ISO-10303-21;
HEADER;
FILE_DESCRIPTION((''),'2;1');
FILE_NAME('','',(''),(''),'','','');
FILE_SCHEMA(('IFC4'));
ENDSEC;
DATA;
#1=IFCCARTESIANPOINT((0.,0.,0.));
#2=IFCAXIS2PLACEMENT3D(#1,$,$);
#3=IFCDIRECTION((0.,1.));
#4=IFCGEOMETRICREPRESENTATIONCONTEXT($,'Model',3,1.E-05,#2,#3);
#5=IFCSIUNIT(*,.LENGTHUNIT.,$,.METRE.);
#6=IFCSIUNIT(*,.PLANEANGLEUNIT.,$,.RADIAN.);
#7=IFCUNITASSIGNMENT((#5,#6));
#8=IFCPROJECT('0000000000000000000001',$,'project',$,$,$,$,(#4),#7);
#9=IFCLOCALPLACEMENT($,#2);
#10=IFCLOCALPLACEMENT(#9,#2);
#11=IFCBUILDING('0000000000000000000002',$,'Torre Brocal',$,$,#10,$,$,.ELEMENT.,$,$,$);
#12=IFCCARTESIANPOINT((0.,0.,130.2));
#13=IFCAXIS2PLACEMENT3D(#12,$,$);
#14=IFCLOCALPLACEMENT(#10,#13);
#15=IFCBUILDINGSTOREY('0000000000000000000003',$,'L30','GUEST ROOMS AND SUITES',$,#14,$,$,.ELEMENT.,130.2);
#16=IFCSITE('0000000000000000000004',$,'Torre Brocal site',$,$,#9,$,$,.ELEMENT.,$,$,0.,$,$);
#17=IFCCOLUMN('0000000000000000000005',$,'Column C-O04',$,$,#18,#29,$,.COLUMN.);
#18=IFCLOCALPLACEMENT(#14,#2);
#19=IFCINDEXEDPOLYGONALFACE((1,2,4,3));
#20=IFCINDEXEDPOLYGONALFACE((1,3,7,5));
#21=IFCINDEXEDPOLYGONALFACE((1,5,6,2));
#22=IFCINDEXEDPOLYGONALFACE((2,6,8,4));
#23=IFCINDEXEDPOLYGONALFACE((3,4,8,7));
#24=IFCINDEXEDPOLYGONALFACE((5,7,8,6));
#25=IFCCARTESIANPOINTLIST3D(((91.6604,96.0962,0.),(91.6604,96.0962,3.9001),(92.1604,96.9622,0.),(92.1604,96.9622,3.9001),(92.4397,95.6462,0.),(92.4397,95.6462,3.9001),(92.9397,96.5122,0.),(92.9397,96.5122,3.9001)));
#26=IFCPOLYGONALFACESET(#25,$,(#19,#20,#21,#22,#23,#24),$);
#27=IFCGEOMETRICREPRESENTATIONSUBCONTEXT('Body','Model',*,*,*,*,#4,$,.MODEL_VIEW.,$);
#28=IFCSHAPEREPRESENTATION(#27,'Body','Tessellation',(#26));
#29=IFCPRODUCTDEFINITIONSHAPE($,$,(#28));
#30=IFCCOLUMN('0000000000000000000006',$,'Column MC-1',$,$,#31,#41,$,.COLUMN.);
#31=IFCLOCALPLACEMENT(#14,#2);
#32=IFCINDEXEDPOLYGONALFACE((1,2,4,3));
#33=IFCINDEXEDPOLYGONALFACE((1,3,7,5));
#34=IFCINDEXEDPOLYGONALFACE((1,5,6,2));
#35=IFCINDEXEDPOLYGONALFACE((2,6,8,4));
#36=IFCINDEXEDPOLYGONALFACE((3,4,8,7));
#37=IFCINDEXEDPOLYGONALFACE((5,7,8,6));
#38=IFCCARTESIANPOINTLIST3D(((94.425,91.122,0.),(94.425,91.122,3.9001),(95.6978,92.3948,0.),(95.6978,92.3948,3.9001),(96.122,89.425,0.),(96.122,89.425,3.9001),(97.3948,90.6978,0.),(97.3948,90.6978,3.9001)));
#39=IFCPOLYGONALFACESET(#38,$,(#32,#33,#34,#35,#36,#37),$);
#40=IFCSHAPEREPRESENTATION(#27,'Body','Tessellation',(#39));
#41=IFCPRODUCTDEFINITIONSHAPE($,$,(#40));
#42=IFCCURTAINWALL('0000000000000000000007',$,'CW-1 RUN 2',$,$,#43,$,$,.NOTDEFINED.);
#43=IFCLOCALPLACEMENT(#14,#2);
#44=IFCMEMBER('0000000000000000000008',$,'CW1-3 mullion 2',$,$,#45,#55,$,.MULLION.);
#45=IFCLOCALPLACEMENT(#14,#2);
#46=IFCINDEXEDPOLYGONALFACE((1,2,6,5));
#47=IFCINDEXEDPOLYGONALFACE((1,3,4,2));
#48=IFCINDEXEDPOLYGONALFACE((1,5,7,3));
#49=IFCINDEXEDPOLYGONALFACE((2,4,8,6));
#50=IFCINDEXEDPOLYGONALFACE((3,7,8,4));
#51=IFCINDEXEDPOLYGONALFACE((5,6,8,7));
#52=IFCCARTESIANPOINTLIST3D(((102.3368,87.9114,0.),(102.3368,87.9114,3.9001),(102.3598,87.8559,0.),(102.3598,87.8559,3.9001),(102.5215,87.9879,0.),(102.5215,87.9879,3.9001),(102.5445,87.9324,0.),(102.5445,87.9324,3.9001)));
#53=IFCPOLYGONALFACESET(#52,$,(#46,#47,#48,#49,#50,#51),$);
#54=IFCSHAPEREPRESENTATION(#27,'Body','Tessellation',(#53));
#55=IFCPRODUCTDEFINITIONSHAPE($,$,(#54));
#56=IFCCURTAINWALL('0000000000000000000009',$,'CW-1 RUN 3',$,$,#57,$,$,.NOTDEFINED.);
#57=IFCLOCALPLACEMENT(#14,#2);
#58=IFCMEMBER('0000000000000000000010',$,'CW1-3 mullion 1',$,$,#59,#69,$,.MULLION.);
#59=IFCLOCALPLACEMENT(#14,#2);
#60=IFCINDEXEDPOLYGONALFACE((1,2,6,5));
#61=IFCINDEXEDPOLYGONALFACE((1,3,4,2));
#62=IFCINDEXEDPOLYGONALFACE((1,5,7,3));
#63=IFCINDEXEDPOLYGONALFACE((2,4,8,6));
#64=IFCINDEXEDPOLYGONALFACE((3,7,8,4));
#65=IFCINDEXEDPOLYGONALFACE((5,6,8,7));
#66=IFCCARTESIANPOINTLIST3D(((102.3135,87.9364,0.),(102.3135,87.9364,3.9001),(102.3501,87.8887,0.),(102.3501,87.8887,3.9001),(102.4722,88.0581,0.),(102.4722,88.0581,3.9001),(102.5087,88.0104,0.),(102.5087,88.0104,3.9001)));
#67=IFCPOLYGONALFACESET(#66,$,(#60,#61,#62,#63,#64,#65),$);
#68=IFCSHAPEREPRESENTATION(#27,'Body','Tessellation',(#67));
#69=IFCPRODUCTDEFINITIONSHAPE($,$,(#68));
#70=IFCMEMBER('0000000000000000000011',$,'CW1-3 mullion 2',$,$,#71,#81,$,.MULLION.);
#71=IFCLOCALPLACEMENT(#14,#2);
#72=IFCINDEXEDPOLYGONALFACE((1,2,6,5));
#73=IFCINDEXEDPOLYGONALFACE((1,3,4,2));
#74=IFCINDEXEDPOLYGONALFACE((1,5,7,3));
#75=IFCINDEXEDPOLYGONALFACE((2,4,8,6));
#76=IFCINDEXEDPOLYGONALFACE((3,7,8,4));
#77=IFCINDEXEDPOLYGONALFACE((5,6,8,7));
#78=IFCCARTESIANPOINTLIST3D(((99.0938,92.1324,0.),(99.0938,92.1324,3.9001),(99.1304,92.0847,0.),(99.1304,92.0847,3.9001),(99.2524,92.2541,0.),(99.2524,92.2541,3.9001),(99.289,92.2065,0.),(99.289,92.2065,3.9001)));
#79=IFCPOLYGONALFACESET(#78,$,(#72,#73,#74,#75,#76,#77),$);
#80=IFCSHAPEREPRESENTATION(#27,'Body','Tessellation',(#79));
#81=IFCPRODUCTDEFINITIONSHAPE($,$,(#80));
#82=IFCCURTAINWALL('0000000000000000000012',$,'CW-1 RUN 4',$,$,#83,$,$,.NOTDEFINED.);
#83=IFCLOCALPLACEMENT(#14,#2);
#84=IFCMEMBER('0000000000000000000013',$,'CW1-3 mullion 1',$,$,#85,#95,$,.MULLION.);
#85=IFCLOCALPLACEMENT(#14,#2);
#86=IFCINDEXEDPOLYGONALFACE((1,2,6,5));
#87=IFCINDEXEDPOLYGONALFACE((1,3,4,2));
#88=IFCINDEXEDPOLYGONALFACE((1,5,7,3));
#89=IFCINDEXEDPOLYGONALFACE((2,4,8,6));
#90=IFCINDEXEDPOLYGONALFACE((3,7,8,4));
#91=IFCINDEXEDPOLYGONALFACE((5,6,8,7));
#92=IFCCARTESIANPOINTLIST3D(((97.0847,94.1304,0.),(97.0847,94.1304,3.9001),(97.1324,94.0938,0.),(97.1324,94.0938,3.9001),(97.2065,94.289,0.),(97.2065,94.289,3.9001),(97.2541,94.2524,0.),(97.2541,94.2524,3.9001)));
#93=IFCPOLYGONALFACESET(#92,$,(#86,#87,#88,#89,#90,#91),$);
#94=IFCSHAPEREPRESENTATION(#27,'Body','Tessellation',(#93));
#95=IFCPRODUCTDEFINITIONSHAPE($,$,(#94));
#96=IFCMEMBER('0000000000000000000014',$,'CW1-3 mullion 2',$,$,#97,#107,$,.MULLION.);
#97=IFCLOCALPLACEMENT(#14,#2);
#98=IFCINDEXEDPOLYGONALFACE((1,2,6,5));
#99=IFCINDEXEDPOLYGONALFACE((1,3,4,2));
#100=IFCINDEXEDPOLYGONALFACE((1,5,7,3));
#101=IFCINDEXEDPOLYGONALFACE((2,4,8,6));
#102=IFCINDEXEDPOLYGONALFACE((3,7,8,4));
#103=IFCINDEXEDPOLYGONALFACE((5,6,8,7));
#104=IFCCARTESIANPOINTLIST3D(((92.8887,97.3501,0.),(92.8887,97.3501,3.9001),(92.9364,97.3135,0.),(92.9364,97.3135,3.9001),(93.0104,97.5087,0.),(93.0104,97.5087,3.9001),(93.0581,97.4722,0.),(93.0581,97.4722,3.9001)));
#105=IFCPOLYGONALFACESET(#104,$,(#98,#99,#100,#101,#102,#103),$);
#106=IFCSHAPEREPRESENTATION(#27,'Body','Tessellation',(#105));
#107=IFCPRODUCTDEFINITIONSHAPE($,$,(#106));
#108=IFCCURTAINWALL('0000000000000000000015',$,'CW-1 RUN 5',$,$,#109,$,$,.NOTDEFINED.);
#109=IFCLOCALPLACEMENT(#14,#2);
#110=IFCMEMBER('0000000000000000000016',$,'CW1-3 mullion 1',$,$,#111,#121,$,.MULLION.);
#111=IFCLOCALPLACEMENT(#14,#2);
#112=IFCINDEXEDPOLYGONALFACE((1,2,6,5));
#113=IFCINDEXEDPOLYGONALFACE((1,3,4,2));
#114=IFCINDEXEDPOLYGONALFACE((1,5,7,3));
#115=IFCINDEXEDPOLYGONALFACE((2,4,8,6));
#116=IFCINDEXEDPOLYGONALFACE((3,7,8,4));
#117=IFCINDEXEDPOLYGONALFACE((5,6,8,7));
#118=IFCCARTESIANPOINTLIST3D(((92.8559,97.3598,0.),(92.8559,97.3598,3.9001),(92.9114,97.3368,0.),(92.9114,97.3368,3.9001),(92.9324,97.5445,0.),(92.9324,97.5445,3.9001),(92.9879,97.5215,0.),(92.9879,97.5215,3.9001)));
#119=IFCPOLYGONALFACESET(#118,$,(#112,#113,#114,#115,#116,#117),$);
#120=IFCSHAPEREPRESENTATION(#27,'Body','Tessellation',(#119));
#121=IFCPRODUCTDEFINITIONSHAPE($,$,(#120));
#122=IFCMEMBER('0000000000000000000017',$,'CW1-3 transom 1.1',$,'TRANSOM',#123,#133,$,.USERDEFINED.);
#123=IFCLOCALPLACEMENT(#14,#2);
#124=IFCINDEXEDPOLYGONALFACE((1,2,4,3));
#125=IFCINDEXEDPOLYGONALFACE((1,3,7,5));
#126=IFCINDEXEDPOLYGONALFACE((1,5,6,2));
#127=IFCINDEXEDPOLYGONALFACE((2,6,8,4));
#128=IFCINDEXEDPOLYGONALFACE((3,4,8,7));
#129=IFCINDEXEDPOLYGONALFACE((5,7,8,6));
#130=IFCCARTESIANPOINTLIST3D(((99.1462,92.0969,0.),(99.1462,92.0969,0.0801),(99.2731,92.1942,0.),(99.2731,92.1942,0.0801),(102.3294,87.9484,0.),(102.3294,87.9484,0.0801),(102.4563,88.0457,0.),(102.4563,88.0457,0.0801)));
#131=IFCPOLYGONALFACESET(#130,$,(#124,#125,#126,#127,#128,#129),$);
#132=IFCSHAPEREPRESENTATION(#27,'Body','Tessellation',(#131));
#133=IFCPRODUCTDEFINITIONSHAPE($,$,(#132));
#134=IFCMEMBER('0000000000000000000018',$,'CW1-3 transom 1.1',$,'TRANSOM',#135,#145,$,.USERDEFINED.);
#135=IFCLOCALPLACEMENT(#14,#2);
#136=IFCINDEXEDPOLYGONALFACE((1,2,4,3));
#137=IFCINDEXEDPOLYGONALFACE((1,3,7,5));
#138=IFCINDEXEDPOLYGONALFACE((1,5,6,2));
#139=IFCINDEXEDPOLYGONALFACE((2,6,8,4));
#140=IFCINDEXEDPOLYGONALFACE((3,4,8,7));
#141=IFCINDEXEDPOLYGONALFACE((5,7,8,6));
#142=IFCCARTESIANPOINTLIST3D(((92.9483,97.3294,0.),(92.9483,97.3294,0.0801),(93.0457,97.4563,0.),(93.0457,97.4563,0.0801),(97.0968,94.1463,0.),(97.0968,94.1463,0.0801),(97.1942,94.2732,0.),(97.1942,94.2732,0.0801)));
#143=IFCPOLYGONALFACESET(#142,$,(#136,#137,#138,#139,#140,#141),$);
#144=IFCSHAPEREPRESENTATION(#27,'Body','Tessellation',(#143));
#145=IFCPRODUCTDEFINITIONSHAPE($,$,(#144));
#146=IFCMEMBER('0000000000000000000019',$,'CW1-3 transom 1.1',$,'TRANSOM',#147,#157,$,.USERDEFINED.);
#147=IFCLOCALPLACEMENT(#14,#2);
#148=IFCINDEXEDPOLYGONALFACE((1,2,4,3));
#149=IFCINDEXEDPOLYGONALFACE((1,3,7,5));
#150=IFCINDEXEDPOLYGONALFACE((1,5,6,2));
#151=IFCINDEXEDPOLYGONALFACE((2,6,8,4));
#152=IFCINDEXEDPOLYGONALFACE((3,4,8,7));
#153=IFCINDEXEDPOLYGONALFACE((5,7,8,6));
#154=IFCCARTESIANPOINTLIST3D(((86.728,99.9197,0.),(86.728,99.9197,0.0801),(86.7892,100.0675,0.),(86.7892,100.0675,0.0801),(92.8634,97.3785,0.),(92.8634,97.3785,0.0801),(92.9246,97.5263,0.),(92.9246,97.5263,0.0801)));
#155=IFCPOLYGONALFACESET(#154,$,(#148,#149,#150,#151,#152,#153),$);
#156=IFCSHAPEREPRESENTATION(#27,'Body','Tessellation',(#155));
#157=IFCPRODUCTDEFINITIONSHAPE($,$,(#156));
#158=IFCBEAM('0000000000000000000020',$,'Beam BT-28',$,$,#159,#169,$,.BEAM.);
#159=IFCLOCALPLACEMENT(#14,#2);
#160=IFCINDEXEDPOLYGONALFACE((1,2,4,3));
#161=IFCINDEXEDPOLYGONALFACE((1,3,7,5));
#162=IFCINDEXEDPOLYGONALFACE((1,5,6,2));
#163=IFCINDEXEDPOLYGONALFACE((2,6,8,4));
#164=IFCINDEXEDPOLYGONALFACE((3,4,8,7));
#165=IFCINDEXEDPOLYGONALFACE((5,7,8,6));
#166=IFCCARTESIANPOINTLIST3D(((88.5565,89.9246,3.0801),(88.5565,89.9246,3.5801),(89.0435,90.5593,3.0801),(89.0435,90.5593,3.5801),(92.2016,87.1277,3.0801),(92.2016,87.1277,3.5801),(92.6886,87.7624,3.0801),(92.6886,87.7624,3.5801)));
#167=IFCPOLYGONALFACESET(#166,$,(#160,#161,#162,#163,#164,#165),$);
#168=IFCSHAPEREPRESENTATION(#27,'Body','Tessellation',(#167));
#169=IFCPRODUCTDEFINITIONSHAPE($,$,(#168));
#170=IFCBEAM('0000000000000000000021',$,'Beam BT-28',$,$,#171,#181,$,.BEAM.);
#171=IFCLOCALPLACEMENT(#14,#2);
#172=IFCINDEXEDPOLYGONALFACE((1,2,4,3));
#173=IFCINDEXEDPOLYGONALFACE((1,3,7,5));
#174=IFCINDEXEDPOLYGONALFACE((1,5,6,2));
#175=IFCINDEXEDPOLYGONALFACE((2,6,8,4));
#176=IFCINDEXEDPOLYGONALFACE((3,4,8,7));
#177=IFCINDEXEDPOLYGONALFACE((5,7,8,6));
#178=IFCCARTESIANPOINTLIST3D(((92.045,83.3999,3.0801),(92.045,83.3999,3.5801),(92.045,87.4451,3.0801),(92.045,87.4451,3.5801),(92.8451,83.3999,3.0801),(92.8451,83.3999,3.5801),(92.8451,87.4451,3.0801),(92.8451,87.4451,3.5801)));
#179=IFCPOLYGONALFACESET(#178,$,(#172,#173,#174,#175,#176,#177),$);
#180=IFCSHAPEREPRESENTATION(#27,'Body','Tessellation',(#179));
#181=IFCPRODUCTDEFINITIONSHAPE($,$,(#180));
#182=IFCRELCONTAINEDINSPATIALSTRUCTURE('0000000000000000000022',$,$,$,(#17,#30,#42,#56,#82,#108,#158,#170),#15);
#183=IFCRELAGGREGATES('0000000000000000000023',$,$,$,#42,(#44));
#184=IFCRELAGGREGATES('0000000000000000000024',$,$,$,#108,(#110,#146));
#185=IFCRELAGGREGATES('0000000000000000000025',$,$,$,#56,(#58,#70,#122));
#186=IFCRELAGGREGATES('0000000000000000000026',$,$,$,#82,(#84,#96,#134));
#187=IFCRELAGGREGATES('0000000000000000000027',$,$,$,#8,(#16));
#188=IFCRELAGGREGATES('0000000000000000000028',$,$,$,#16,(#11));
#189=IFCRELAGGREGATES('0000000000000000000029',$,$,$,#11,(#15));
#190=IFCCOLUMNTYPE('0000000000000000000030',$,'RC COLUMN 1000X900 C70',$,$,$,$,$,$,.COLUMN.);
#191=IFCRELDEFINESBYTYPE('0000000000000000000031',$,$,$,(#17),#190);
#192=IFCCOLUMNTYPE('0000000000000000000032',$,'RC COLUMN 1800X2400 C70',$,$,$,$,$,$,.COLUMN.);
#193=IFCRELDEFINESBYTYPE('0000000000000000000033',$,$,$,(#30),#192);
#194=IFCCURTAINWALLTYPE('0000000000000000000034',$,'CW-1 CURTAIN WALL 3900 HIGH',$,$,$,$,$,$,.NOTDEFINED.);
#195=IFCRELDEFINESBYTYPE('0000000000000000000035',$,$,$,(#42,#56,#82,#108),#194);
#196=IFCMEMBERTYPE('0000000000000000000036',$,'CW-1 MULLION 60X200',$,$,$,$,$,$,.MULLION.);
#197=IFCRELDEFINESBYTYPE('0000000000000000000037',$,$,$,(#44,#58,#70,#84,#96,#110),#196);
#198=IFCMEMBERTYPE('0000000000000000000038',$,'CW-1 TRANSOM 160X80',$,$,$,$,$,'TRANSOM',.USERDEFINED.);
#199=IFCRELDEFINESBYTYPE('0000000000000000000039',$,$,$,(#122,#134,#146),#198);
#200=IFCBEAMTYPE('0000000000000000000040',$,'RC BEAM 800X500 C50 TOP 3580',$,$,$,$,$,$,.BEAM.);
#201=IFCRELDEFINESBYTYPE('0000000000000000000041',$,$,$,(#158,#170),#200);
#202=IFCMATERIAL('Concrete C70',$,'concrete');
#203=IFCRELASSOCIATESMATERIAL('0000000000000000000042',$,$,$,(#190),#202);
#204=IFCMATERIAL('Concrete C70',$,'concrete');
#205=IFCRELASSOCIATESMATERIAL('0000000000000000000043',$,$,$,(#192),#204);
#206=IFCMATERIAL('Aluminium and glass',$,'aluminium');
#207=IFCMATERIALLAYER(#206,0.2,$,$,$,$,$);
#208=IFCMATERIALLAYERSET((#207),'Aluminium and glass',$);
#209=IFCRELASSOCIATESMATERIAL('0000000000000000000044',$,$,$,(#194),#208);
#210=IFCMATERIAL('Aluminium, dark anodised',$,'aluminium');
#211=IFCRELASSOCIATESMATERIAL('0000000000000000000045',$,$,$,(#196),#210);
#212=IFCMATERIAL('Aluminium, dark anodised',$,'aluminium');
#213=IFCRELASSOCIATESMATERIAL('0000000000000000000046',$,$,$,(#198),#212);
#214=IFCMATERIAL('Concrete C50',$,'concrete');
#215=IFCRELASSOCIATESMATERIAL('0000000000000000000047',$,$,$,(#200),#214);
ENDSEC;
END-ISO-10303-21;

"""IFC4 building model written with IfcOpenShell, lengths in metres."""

from ifc_helpers import new_model, si_unit, direction, frame, origin, origin_2d, place, context, subcontext, project, spatial, rectangle, extrude, material, layer, layer_set, material_profile, profile_set, type_object, element, aggregate, save


model = new_model("IFC4")

# Units and contexts
model_context = context("Model", 3, precision=1e-05, world=origin(), true_north=direction((0.0, 1.0)))
body_context = subcontext(model_context, "Body", "Model", "MODEL_VIEW")
ifc_project = project(units=[si_unit("LENGTHUNIT", "METRE"), si_unit("PLANEANGLEUNIT", "RADIAN")], contexts=[model_context])

# Site, building, storey
site_placement = place(None, origin())
site = spatial("IfcSite", under=ifc_project, at=site_placement, Name="Torre Brocal site", CompositionType="ELEMENT", RefElevation=0.0)
building_placement = place(site_placement, origin())
building = spatial("IfcBuilding", under=site, at=building_placement, Name="Torre Brocal", CompositionType="ELEMENT")
storey_placement = place(building_placement, frame((0.0, 0.0, 130.2)))
storey = spatial("IfcBuildingStorey", under=building, at=storey_placement, Name="L30", Description="GUEST ROOMS AND SUITES", CompositionType="ELEMENT", Elevation=130.2)

# Columns
ifc_material_1 = material(Name="Concrete C70", Category="concrete")
ifc_material_profile_1 = material_profile(ifc_material_1, rectangle(XDim=1.0, YDim=0.8999, at=origin_2d()), Name="RC 1000X900")
ifc_profile_set_1 = profile_set([ifc_material_profile_1], Name="Concrete C70")
column_type_1 = type_object("IfcColumnType", Name="RC COLUMN 1000X900 C70", PredefinedType="COLUMN", material=ifc_profile_set_1)
column_1_placement = place(storey_placement, frame((92.3, 96.3042, 0.0), z_axis=(0.0, 0.0, 1.0), x_axis=(0.5, 0.866025, 0.0)))
element("IfcColumn", 1, at=column_1_placement, inside=storey, type_object=column_type_1, Name="Column C-O04", PredefinedType="COLUMN", context=body_context, shape_type="SweptSolid", body=[
    extrude(rectangle(XDim=1.0, YDim=0.8999, at=origin_2d()), origin(), (0.0, 0.0, 1.0), 3.9001),
])
ifc_material_2 = material(Name="Concrete C70", Category="concrete")
ifc_material_profile_2 = material_profile(ifc_material_2, rectangle(XDim=1.8, YDim=2.3999, at=origin_2d()), Name="RC 1800X2400")
ifc_profile_set_2 = profile_set([ifc_material_profile_2], Name="Concrete C70")
column_type_2 = type_object("IfcColumnType", Name="RC COLUMN 1800X2400 C70", PredefinedType="COLUMN", material=ifc_profile_set_2)
column_2_placement = place(storey_placement, frame((95.9099, 90.9099, 0.0), z_axis=(0.0, 0.0, 1.0), x_axis=(0.707107, 0.707107, 0.0)))
element("IfcColumn", 2, at=column_2_placement, inside=storey, type_object=column_type_2, Name="Column MC-1", PredefinedType="COLUMN", context=body_context, shape_type="SweptSolid", body=[
    extrude(rectangle(XDim=1.8, YDim=2.3999, at=origin_2d()), origin(), (0.0, 0.0, 1.0), 3.9001),
])

# Curtain wall, member
ifc_material_3 = material(Name="Aluminium and glass", Category="aluminium")
ifc_layer_1 = layer(ifc_material_3, 0.2)
ifc_layer_set_1 = layer_set([ifc_layer_1], Name="Aluminium and glass")
curtain_wall_type = type_object("IfcCurtainWallType", Name="CW-1 CURTAIN WALL 3900 HIGH", PredefinedType="NOTDEFINED", material=ifc_layer_set_1)
curtain_wall_1_placement = place(storey_placement, origin())
curtain_wall_1 = element("IfcCurtainWall", 3, at=curtain_wall_1_placement, inside=storey, type_object=curtain_wall_type, Name="CW-1 RUN 2", PredefinedType="NOTDEFINED")
ifc_material_4 = material(Name="Aluminium, dark anodised", Category="aluminium")
ifc_material_profile_3 = material_profile(ifc_material_4, rectangle(XDim=0.2, YDim=0.0601, at=origin_2d()), Name="CW-1 MULLION 60X200")
ifc_profile_set_3 = profile_set([ifc_material_profile_3], Name="Aluminium, dark anodised")
member_type_1 = type_object("IfcMemberType", Name="CW-1 MULLION 60X200", PredefinedType="MULLION", material=ifc_profile_set_3)
member_1_placement = place(storey_placement, frame((102.4407, 87.9219, 0.0), z_axis=(0.0, 0.0, 1.0), x_axis=(-0.92388, -0.382683, 0.0)))
member_1 = element("IfcMember", 4, at=member_1_placement, type_object=member_type_1, Name="CW1-3 mullion 2", PredefinedType="MULLION", context=body_context, shape_type="SweptSolid", body=[
    extrude(rectangle(XDim=0.2, YDim=0.0601, at=origin_2d()), origin(), (0.0, 0.0, 1.0), 3.9001),
])
aggregate(curtain_wall_1, [member_1])

# Curtain walls, members
curtain_wall_2_placement = place(storey_placement, origin())
curtain_wall_2 = element("IfcCurtainWall", 5, at=curtain_wall_2_placement, inside=storey, type_object=curtain_wall_type, Name="CW-1 RUN 3", PredefinedType="NOTDEFINED")
member_2_placement = place(storey_placement, frame((102.4111, 87.9734, 0.0), z_axis=(0.0, 0.0, 1.0), x_axis=(-0.793353, -0.608761, 0.0)))
member_2 = element("IfcMember", 6, at=member_2_placement, type_object=member_type_1, Name="CW1-3 mullion 1", PredefinedType="MULLION", context=body_context, shape_type="SweptSolid", body=[
    extrude(rectangle(XDim=0.2, YDim=0.0601, at=origin_2d()), origin(), (0.0, 0.0, 1.0), 3.9001),
])
member_3_placement = place(storey_placement, frame((99.1914, 92.1694, 0.0), z_axis=(0.0, 0.0, 1.0), x_axis=(-0.793353, -0.608761, 0.0)))
member_3 = element("IfcMember", 7, at=member_3_placement, type_object=member_type_1, Name="CW1-3 mullion 2", PredefinedType="MULLION", context=body_context, shape_type="SweptSolid", body=[
    extrude(rectangle(XDim=0.2, YDim=0.0601, at=origin_2d()), origin(), (0.0, 0.0, 1.0), 3.9001),
])
curtain_wall_3_placement = place(storey_placement, origin())
curtain_wall_3 = element("IfcCurtainWall", 8, at=curtain_wall_3_placement, inside=storey, type_object=curtain_wall_type, Name="CW-1 RUN 4", PredefinedType="NOTDEFINED")
member_4_placement = place(storey_placement, frame((97.1694, 94.1914, 0.0), z_axis=(0.0, 0.0, 1.0), x_axis=(-0.608761, -0.793353, 0.0)))
member_4 = element("IfcMember", 9, at=member_4_placement, type_object=member_type_1, Name="CW1-3 mullion 1", PredefinedType="MULLION", context=body_context, shape_type="SweptSolid", body=[
    extrude(rectangle(XDim=0.2, YDim=0.0601, at=origin_2d()), origin(), (0.0, 0.0, 1.0), 3.9001),
])
member_5_placement = place(storey_placement, frame((92.9734, 97.4111, 0.0), z_axis=(0.0, 0.0, 1.0), x_axis=(-0.608761, -0.793353, 0.0)))
member_5 = element("IfcMember", 10, at=member_5_placement, type_object=member_type_1, Name="CW1-3 mullion 2", PredefinedType="MULLION", context=body_context, shape_type="SweptSolid", body=[
    extrude(rectangle(XDim=0.2, YDim=0.0601, at=origin_2d()), origin(), (0.0, 0.0, 1.0), 3.9001),
])

# Curtain wall, member
curtain_wall_4_placement = place(storey_placement, origin())
curtain_wall_4 = element("IfcCurtainWall", 11, at=curtain_wall_4_placement, inside=storey, type_object=curtain_wall_type, Name="CW-1 RUN 5", PredefinedType="NOTDEFINED")
member_6_placement = place(storey_placement, frame((92.9219, 97.4407, 0.0), z_axis=(0.0, 0.0, 1.0), x_axis=(-0.382683, -0.92388, 0.0)))
member_6 = element("IfcMember", 12, at=member_6_placement, type_object=member_type_1, Name="CW1-3 mullion 1", PredefinedType="MULLION", context=body_context, shape_type="SweptSolid", body=[
    extrude(rectangle(XDim=0.2, YDim=0.0601, at=origin_2d()), origin(), (0.0, 0.0, 1.0), 3.9001),
])

# Members
ifc_material_5 = material(Name="Aluminium, dark anodised", Category="aluminium")
ifc_material_profile_4 = material_profile(ifc_material_5, rectangle(XDim=0.1599, YDim=0.0801, at=origin_2d()), Name="CW-1 TRANSOM 160X80")
ifc_profile_set_4 = profile_set([ifc_material_profile_4], Name="Aluminium, dark anodised")
member_type_2 = type_object("IfcMemberType", Name="CW-1 TRANSOM 160X80", ElementType="TRANSOM", PredefinedType="USERDEFINED", material=ifc_profile_set_4)
member_7_placement = place(storey_placement, frame((102.3928, 87.9971, 0.04), z_axis=(-0.608749, 0.793363, 0.0), x_axis=(-0.793363, -0.608749, 0.0)))
member_7 = element("IfcMember", 13, at=member_7_placement, type_object=member_type_2, Name="CW1-3 transom 1.1", ObjectType="TRANSOM", PredefinedType="USERDEFINED", context=body_context, shape_type="SweptSolid", body=[
    extrude(rectangle(XDim=0.1599, YDim=0.0801, at=origin_2d()), origin(), (0.0, 0.0, 1.0), 5.229),
])
member_8_placement = place(storey_placement, frame((97.1455, 94.2097, 0.04), z_axis=(-0.793363, 0.608749, 0.0), x_axis=(-0.608749, -0.793363, 0.0)))
member_8 = element("IfcMember", 14, at=member_8_placement, type_object=member_type_2, Name="CW1-3 transom 1.1", ObjectType="TRANSOM", PredefinedType="USERDEFINED", context=body_context, shape_type="SweptSolid", body=[
    extrude(rectangle(XDim=0.1599, YDim=0.0801, at=origin_2d()), origin(), (0.0, 0.0, 1.0), 5.229),
])
member_9_placement = place(storey_placement, frame((92.894, 97.4524, 0.04), z_axis=(-0.923887, 0.382665, 0.0), x_axis=(-0.382665, -0.923887, 0.0)))
member_9 = element("IfcMember", 15, at=member_9_placement, type_object=member_type_2, Name="CW1-3 transom 1.1", ObjectType="TRANSOM", PredefinedType="USERDEFINED", context=body_context, shape_type="SweptSolid", body=[
    extrude(rectangle(XDim=0.1599, YDim=0.0801, at=origin_2d()), origin(), (0.0, 0.0, 1.0), 6.6409),
])
aggregate(curtain_wall_4, [member_6, member_9])

# Beams
ifc_material_6 = material(Name="Concrete C50", Category="concrete")
ifc_material_profile_5 = material_profile(ifc_material_6, rectangle(XDim=0.8, YDim=0.5, at=origin_2d()), Name="RC 800X500")
ifc_profile_set_5 = profile_set([ifc_material_profile_5], Name="Concrete C50")
beam_type_1 = type_object("IfcBeamType", Name="RC BEAM 800X500 C50 TOP 3580", PredefinedType="BEAM", material=ifc_profile_set_5)
beam_1_placement = place(storey_placement, frame((92.4451, 87.4451, 3.3301), z_axis=(-0.793358, 0.608755, 0.0), x_axis=(-0.608755, -0.793358, 0.0)))
element("IfcBeam", 16, at=beam_1_placement, inside=storey, type_object=beam_type_1, Name="Beam BT-28", PredefinedType="BEAM", context=body_context, shape_type="SweptSolid", body=[
    extrude(rectangle(XDim=0.8, YDim=0.5, at=origin_2d()), origin(), (0.0, 0.0, 1.0), 4.5945),
])
beam_2_placement = place(storey_placement, frame((92.4451, 87.4451, 3.3301), z_axis=(0.0, -1.0, 0.0), x_axis=(1.0, 0.0, 0.0)))
element("IfcBeam", 17, at=beam_2_placement, inside=storey, type_object=beam_type_1, Name="Beam BT-28", PredefinedType="BEAM", context=body_context, shape_type="SweptSolid", body=[
    extrude(rectangle(XDim=0.8, YDim=0.5, at=origin_2d()), origin(), (0.0, 0.0, 1.0), 4.0452),
])

aggregate(curtain_wall_2, [member_2, member_3, member_7])
aggregate(curtain_wall_3, [member_4, member_5, member_8])

save(model, "model.ifc")
